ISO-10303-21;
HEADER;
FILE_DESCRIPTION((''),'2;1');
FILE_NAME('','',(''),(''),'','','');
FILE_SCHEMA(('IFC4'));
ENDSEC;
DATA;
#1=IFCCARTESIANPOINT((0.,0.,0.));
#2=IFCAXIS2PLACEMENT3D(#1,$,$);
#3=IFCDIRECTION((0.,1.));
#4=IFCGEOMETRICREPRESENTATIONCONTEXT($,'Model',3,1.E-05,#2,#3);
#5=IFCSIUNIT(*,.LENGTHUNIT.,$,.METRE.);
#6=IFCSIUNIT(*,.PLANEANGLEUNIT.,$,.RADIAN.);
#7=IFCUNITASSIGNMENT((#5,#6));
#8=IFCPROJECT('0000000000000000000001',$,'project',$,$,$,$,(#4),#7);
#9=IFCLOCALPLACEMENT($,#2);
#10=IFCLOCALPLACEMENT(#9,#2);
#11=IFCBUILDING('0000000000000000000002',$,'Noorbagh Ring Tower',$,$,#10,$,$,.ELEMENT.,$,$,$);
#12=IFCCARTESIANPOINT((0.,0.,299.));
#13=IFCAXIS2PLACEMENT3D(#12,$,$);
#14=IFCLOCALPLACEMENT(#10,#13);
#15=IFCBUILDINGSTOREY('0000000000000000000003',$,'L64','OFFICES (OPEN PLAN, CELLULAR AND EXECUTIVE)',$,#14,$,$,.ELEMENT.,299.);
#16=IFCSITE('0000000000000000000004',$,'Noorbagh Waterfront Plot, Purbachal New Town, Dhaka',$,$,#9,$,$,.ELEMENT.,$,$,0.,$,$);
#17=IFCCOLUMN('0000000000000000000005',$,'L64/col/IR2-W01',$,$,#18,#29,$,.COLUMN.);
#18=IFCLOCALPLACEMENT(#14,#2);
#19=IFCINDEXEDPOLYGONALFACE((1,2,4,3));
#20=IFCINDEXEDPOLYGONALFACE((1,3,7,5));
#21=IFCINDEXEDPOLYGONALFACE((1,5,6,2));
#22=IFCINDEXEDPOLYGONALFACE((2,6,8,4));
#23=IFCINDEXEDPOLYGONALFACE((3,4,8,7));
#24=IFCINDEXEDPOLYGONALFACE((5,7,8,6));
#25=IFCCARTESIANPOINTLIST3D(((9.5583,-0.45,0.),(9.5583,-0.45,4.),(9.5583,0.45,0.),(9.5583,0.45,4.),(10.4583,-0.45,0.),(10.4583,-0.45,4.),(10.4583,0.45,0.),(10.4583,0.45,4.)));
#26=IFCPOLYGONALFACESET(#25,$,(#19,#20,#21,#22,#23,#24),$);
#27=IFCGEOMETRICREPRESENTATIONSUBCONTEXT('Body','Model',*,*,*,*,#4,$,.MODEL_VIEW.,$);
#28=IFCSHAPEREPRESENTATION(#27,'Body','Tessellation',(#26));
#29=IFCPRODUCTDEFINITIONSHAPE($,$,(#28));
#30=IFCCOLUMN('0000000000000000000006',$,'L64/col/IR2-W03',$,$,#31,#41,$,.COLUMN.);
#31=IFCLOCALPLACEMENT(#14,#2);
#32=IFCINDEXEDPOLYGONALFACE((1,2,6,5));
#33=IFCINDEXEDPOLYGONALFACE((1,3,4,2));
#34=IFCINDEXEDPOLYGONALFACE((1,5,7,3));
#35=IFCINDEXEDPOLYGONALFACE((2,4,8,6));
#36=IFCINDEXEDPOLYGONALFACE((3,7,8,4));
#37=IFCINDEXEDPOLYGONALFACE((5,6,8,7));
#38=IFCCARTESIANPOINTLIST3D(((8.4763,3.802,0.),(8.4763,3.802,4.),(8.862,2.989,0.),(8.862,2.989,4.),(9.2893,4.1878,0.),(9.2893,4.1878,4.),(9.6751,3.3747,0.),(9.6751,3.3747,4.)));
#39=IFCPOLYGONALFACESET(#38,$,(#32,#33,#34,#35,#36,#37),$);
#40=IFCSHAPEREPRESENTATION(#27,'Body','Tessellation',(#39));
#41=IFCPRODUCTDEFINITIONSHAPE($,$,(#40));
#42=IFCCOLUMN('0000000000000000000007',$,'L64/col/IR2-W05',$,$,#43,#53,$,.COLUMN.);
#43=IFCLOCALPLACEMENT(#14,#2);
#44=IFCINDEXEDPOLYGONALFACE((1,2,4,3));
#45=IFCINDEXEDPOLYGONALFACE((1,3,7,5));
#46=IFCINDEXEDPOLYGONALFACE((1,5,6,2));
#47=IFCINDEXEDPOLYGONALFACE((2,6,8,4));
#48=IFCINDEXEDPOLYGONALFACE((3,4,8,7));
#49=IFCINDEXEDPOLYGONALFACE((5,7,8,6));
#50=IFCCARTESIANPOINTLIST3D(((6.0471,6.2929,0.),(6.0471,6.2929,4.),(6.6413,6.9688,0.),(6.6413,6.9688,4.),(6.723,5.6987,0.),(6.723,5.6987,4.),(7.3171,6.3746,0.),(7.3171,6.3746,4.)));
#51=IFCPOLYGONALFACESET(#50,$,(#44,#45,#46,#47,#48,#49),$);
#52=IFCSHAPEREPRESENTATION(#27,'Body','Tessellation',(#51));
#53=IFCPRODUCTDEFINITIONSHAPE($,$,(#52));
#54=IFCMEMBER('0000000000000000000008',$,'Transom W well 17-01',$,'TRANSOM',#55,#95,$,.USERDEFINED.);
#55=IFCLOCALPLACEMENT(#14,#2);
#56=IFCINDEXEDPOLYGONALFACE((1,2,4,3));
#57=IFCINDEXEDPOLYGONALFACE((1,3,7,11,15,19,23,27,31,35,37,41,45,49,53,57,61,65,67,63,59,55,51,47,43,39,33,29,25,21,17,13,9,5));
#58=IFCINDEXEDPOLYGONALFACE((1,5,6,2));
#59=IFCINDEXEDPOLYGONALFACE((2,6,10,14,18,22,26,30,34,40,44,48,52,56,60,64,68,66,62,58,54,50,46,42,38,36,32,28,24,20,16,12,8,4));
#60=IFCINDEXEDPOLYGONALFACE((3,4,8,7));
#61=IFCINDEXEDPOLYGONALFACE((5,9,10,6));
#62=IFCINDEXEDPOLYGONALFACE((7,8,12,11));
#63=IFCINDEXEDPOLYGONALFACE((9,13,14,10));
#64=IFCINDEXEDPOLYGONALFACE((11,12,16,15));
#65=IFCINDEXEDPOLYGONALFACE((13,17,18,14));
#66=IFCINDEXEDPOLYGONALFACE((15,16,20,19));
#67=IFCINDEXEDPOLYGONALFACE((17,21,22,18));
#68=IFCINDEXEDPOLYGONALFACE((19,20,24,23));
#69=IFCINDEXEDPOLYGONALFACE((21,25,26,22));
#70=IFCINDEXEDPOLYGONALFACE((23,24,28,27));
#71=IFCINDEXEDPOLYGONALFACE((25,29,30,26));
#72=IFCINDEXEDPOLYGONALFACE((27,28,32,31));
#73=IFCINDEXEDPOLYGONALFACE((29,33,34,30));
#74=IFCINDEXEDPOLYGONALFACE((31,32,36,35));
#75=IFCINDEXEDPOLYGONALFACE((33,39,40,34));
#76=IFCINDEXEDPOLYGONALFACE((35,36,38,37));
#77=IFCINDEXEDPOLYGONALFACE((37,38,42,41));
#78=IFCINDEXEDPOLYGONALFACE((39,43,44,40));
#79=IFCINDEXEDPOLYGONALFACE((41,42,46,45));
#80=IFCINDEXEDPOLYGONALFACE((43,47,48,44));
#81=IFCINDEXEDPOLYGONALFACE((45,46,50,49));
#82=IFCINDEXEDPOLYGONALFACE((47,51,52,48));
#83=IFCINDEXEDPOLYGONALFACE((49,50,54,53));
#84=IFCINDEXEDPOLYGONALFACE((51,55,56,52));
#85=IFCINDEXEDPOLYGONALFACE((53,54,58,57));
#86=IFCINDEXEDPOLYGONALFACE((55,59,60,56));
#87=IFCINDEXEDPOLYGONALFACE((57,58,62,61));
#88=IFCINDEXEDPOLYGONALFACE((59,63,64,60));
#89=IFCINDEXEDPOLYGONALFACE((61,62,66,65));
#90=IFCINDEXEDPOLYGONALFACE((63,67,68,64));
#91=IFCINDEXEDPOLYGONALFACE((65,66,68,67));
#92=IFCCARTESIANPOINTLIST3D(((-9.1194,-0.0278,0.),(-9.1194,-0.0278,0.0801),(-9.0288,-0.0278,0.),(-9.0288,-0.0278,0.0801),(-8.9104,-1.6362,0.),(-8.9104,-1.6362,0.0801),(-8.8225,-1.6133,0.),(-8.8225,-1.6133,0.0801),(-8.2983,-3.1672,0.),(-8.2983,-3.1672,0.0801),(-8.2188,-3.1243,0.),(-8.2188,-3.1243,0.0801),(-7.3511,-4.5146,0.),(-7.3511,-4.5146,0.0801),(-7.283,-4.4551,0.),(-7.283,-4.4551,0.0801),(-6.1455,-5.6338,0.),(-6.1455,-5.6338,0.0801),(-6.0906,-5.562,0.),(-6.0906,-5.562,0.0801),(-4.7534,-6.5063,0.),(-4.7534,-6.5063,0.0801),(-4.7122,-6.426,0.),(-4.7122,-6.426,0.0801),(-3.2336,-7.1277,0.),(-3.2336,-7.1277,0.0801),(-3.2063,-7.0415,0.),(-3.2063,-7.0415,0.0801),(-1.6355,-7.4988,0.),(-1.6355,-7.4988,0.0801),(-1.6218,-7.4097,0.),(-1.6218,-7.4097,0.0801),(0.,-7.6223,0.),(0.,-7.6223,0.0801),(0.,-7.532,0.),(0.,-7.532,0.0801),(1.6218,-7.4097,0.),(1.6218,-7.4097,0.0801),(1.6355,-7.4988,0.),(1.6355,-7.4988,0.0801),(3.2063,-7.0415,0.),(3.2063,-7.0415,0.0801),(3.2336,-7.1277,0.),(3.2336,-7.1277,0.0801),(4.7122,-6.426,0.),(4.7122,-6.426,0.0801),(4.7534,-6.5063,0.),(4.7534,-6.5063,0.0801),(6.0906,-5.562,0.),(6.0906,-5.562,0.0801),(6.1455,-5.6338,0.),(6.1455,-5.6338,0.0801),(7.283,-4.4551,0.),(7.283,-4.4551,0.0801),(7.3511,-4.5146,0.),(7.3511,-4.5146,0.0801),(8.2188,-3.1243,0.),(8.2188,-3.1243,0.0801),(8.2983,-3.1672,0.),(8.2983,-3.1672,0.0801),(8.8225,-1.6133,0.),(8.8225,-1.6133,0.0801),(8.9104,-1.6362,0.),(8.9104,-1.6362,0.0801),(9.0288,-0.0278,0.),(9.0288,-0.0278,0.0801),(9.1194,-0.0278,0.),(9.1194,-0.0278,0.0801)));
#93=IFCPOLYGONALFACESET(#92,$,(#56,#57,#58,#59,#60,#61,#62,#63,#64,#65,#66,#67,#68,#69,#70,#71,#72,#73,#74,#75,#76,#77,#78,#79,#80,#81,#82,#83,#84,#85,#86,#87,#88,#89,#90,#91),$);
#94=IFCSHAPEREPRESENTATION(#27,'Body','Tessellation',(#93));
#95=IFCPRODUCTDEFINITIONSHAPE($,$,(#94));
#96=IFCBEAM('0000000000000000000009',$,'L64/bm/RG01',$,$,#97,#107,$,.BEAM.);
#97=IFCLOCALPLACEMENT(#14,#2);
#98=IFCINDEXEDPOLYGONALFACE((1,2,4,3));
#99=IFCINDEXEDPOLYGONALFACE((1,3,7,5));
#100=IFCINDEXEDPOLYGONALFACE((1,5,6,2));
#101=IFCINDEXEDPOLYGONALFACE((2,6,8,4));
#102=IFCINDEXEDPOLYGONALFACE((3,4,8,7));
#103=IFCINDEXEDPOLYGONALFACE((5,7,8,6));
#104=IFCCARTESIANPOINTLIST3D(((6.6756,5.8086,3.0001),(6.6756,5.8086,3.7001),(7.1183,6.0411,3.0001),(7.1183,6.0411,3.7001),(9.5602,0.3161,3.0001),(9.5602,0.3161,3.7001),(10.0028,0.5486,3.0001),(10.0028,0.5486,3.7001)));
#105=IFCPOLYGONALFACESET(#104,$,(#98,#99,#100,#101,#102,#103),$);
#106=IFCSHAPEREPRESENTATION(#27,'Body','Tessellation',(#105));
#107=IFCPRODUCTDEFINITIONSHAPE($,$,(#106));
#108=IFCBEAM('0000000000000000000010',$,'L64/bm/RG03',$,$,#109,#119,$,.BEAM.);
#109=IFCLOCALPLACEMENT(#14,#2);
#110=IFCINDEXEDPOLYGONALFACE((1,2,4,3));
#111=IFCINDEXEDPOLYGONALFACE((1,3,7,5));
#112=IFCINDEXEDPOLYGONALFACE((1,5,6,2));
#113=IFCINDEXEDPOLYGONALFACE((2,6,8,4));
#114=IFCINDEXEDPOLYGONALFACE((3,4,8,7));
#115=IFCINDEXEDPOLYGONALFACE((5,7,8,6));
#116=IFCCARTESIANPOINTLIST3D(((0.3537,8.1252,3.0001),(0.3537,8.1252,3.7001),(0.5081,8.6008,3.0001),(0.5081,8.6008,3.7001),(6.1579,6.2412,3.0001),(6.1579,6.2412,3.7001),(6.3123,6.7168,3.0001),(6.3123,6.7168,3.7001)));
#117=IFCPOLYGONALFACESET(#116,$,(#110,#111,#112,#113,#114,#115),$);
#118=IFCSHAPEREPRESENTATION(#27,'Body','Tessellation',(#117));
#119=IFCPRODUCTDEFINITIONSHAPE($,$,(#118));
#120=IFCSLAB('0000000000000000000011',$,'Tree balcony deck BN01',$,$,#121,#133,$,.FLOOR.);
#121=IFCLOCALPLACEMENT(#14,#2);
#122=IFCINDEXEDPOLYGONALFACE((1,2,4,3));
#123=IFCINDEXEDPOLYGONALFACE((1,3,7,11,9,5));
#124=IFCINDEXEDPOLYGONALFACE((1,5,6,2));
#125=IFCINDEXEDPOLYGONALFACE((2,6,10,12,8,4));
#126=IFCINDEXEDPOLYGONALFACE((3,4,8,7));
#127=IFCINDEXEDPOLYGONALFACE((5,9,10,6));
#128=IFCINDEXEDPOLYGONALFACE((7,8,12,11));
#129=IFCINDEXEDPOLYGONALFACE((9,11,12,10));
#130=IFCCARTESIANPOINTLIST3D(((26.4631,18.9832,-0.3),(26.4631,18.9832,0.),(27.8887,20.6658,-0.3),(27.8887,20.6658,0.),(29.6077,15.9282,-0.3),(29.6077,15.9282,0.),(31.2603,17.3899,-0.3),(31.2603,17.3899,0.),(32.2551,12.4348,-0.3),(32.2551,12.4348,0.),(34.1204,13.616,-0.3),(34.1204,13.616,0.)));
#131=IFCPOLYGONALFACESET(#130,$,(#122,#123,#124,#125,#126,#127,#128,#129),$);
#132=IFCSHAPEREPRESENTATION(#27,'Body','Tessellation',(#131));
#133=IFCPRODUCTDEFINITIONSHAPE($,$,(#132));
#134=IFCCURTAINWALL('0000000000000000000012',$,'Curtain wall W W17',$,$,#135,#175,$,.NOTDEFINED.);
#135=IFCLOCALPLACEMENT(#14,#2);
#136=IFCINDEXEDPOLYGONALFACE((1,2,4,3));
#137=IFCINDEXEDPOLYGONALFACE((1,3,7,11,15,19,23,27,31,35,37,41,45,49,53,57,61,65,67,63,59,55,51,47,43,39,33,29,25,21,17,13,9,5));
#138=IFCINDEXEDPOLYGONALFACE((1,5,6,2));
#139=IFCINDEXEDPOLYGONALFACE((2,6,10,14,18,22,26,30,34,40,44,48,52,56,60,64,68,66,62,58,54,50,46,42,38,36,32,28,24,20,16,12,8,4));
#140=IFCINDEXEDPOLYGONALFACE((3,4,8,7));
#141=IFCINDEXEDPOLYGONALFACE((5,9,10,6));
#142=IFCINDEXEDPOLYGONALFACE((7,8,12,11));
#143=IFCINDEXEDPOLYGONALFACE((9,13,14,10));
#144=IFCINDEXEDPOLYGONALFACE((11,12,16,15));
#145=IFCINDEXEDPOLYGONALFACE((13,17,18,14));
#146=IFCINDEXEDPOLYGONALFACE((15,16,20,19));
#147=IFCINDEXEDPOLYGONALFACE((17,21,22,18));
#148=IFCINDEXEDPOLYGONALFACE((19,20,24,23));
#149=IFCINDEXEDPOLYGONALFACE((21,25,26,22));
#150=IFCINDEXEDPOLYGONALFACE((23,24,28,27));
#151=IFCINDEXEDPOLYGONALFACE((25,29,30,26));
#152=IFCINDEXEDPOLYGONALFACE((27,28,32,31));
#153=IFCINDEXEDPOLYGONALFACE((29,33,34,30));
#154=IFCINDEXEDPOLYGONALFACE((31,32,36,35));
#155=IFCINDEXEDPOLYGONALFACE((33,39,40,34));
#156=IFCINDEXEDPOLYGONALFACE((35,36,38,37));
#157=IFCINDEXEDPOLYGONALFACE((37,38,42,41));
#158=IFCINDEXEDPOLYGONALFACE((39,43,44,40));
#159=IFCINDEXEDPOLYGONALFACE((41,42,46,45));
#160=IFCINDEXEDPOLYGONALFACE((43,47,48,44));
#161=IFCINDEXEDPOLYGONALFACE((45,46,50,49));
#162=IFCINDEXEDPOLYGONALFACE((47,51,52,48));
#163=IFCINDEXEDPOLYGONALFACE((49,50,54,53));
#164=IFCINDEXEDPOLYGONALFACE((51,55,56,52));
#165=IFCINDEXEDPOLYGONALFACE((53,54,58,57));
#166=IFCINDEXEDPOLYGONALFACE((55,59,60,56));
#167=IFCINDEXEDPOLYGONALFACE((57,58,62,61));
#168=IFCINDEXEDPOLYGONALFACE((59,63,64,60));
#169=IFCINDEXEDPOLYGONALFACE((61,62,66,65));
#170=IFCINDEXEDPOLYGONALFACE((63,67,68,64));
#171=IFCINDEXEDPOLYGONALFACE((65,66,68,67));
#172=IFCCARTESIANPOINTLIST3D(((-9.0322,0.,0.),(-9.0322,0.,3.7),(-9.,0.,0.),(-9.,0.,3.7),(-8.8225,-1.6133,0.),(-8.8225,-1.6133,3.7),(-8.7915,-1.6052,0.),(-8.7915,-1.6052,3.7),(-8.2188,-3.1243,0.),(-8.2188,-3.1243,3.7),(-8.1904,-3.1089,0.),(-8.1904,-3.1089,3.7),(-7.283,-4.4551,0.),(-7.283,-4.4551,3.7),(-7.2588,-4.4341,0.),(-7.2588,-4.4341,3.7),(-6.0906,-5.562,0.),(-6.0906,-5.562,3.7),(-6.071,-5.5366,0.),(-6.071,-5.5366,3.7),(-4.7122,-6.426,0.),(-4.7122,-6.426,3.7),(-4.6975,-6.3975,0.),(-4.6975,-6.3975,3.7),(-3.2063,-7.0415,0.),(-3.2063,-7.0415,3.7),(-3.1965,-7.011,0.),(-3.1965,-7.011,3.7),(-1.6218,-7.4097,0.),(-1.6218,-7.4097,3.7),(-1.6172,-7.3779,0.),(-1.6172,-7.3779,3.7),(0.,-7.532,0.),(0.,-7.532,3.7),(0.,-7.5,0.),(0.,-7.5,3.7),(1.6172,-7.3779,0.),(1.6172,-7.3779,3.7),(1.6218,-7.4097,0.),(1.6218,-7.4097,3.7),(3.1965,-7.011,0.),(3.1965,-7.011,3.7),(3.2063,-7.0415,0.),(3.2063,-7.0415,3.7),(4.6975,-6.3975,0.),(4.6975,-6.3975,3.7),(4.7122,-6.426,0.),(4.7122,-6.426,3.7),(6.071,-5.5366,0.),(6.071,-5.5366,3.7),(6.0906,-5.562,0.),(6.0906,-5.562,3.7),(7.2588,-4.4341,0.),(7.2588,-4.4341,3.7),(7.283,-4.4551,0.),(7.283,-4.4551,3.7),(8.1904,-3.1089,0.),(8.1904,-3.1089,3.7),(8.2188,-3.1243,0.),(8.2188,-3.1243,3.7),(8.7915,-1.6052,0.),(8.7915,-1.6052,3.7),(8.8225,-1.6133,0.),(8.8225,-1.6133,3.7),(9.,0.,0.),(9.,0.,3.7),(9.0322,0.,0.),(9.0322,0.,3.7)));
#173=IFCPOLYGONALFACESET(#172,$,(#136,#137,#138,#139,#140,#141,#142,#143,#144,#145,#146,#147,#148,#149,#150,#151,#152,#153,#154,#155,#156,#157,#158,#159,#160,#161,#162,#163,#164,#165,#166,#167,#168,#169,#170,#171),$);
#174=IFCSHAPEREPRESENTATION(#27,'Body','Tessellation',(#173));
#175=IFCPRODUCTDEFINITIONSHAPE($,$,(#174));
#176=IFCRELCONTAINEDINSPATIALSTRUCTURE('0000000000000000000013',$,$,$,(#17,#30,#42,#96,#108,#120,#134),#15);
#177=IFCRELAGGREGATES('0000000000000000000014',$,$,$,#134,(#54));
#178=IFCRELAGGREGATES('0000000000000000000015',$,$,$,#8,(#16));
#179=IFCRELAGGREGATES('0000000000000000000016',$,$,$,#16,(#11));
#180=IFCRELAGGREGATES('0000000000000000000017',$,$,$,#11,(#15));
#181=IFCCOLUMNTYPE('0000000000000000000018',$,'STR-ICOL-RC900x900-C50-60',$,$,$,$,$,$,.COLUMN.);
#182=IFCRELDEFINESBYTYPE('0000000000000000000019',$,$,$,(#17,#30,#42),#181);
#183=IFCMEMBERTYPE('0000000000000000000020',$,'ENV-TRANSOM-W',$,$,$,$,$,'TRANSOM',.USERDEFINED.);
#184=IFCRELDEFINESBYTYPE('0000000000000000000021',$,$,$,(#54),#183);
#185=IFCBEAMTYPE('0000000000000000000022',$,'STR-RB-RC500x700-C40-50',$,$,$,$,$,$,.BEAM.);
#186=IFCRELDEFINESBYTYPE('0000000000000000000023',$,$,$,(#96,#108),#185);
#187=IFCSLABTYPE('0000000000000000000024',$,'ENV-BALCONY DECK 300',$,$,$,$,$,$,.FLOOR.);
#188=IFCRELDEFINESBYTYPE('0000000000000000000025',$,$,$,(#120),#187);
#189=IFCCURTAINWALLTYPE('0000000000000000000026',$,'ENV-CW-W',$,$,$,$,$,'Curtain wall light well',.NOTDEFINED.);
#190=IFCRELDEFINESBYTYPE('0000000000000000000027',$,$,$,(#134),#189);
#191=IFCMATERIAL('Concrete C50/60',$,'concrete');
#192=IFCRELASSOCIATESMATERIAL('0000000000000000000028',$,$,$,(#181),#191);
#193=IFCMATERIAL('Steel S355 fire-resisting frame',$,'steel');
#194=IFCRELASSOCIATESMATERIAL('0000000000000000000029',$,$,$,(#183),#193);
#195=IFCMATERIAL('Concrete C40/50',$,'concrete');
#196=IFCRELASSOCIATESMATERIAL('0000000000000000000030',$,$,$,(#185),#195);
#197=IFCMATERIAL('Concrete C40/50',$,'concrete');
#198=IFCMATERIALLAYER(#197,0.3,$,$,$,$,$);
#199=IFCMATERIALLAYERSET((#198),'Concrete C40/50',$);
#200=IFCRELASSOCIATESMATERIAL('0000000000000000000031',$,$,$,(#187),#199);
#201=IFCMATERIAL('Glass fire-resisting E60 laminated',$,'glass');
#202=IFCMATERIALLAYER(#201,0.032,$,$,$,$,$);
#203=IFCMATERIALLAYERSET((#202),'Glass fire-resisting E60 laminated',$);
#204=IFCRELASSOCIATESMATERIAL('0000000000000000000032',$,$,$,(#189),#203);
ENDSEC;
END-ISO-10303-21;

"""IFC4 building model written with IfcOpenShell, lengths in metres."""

from ifc_helpers import new_model, si_unit, direction, frame, origin, origin_2d, place, context, subcontext, project, spatial, polyline, rectangle, outline, extrude, material, layer, layer_set, material_profile, profile_set, type_object, element, aggregate, save


model = new_model("IFC4")

# Units and contexts
model_context = context("Model", 3, precision=1e-05, world=origin(), true_north=direction((0.0, 1.0)))
body_context = subcontext(model_context, "Body", "Model", "MODEL_VIEW")
ifc_project = project(units=[si_unit("LENGTHUNIT", "METRE"), si_unit("PLANEANGLEUNIT", "RADIAN")], contexts=[model_context])

# Site, building, storey
site_placement = place(None, origin())
site = spatial("IfcSite", under=ifc_project, at=site_placement, Name="Noorbagh Waterfront Plot, Purbachal New Town, Dhaka", CompositionType="ELEMENT", RefElevation=0.0)
building_placement = place(site_placement, origin())
building = spatial("IfcBuilding", under=site, at=building_placement, Name="Noorbagh Ring Tower", CompositionType="ELEMENT")
storey_placement = place(building_placement, frame((0.0, 0.0, 299.0)))
storey = spatial("IfcBuildingStorey", under=building, at=storey_placement, Name="L64", Description="OFFICES (OPEN PLAN, CELLULAR AND EXECUTIVE)", CompositionType="ELEMENT", Elevation=299.0)

# Columns
ifc_material_1 = material(Name="Concrete C50/60", Category="concrete")
ifc_material_profile_1 = material_profile(ifc_material_1, rectangle(XDim=0.8999, YDim=0.8999, at=origin_2d()), Name="RC900x900")
ifc_profile_set_1 = profile_set([ifc_material_profile_1], Name="Concrete C50/60")
column_type = type_object("IfcColumnType", Name="STR-ICOL-RC900x900-C50-60", PredefinedType="COLUMN", material=ifc_profile_set_1)
for number, where, z_axis, x_axis, name in (
    (1, (10.0083, 0.0, 0.0), (0.0, 0.0, 1.0), (0.0, 1.0, 0.0), "L64/col/IR2-W01"),
    (2, (9.0757, 3.5884, 0.0), (0.0, 0.0, 1.0), (-0.428667, 0.903463, 0.0), "L64/col/IR2-W03"),
    (3, (6.6821, 6.3337, 0.0), (0.0, 0.0, 1.0), (-0.751022, 0.660277, 0.0), "L64/col/IR2-W05"),
):
    element("IfcColumn", number, at=place(storey_placement, frame(where, z_axis=z_axis, x_axis=x_axis)), inside=storey, type_object=column_type, Name=name, PredefinedType="COLUMN", context=body_context, shape_type="SweptSolid", body=[
        extrude(rectangle(XDim=0.8999, YDim=0.8999, at=origin_2d()), origin(), (0.0, 0.0, 1.0), 4.0),
    ])

# Member
ifc_material_2 = material(Name="Steel S355 fire-resisting frame", Category="steel")
member_type = type_object("IfcMemberType", Name="ENV-TRANSOM-W", ElementType="TRANSOM", PredefinedType="USERDEFINED", material=ifc_material_2)
member_placement = place(storey_placement, origin())
member = element("IfcMember", 4, at=member_placement, type_object=member_type, Name="Transom W well 17-01", ObjectType="TRANSOM", PredefinedType="USERDEFINED", context=body_context, shape_type="SweptSolid", body=[
    extrude(outline(polyline([(-9.1194, -0.0278), (-8.9104, -1.6362), (-8.2983, -3.1672), (-7.3511, -4.5146), (-6.1455, -5.6338), (-4.7534, -6.5063), (-3.2336, -7.1277), (-1.6355, -7.4988), (0.0, -7.6223), (1.6355, -7.4988), (3.2336, -7.1277), (4.7534, -6.5063), (6.1455, -5.6338), (7.3511, -4.5146), (8.2983, -3.1672), (8.9104, -1.6362), (9.1194, -0.0278), (9.0288, -0.0278), (8.8225, -1.6133), (8.2188, -3.1243), (7.283, -4.4551), (6.0906, -5.562), (4.7122, -6.426), (3.2063, -7.0415), (1.6218, -7.4097), (0.0, -7.532), (-1.6218, -7.4097), (-3.2063, -7.0415), (-4.7122, -6.426), (-6.0906, -5.562), (-7.283, -4.4551), (-8.2188, -3.1243), (-8.8225, -1.6133), (-9.0288, -0.0278), (-9.1194, -0.0278)])), origin(), (0.0, 0.0, 1.0), 0.0801),
])

# Beams
ifc_material_3 = material(Name="Concrete C40/50", Category="concrete")
ifc_material_profile_2 = material_profile(ifc_material_3, rectangle(XDim=0.5, YDim=0.7, at=origin_2d()), Name="RC500x700")
ifc_profile_set_2 = profile_set([ifc_material_profile_2], Name="Concrete C40/50")
beam_type = type_object("IfcBeamType", Name="STR-RB-RC500x700-C40-50", PredefinedType="BEAM", material=ifc_profile_set_2)
beam_1_placement = place(storey_placement, frame((9.7815, 0.4324, 3.3501), z_axis=(-0.46496, 0.885332, 0.0), x_axis=(-0.885332, -0.46496, 0.0)))
element("IfcBeam", 5, at=beam_1_placement, inside=storey, type_object=beam_type, Name="L64/bm/RG01", PredefinedType="BEAM", context=body_context, shape_type="SweptSolid", body=[
    extrude(rectangle(XDim=0.5, YDim=0.7, at=origin_2d()), origin(), (0.0, 0.0, 1.0), 6.2039),
])
beam_2_placement = place(storey_placement, frame((6.2351, 6.479, 3.3501), z_axis=(-0.951146, 0.30874, 0.0), x_axis=(-0.30874, -0.951146, 0.0)))
element("IfcBeam", 6, at=beam_2_placement, inside=storey, type_object=beam_type, Name="L64/bm/RG03", PredefinedType="BEAM", context=body_context, shape_type="SweptSolid", body=[
    extrude(rectangle(XDim=0.5, YDim=0.7, at=origin_2d()), origin(), (0.0, 0.0, 1.0), 6.1023),
])

# Slab
ifc_material_4 = material(Name="Concrete C40/50", Category="concrete")
ifc_layer_1 = layer(ifc_material_4, 0.3)
ifc_layer_set_1 = layer_set([ifc_layer_1], Name="Concrete C40/50")
slab_type = type_object("IfcSlabType", Name="ENV-BALCONY DECK 300", PredefinedType="FLOOR", material=ifc_layer_set_1)
slab_1_placement = place(storey_placement, frame((0.0, 0.0, -0.3)))
element("IfcSlab", 7, at=slab_1_placement, inside=storey, type_object=slab_type, Name="Tree balcony deck BN01", PredefinedType="FLOOR", context=body_context, shape_type="SweptSolid", body=[
    extrude(outline(polyline([(34.1204, 13.616), (31.2603, 17.3899), (27.8887, 20.6658), (26.4631, 18.9832), (29.6077, 15.9282), (32.2551, 12.4348), (34.1204, 13.616)])), origin(), (0.0, 0.0, 1.0), 0.3),
])

# Curtain wall
ifc_material_5 = material(Name="Glass fire-resisting E60 laminated", Category="glass")
ifc_layer_2 = layer(ifc_material_5, 0.032)
ifc_layer_set_2 = layer_set([ifc_layer_2], Name="Glass fire-resisting E60 laminated")
curtain_wall_type = type_object("IfcCurtainWallType", Name="ENV-CW-W", ElementType="Curtain wall light well", PredefinedType="NOTDEFINED", material=ifc_layer_set_2)
curtain_wall_placement = place(storey_placement, origin())
curtain_wall = element("IfcCurtainWall", 8, at=curtain_wall_placement, inside=storey, type_object=curtain_wall_type, Name="Curtain wall W W17", PredefinedType="NOTDEFINED", context=body_context, shape_type="SweptSolid", body=[
    extrude(outline(polyline([(-9.0322, 0.0), (-8.8225, -1.6133), (-8.2188, -3.1243), (-7.283, -4.4551), (-6.0906, -5.562), (-4.7122, -6.426), (-3.2063, -7.0415), (-1.6218, -7.4097), (0.0, -7.532), (1.6218, -7.4097), (3.2063, -7.0415), (4.7122, -6.426), (6.0906, -5.562), (7.283, -4.4551), (8.2188, -3.1243), (8.8225, -1.6133), (9.0322, 0.0), (9.0, 0.0), (8.7915, -1.6052), (8.1904, -3.1089), (7.2588, -4.4341), (6.071, -5.5366), (4.6975, -6.3975), (3.1965, -7.011), (1.6172, -7.3779), (0.0, -7.5), (-1.6172, -7.3779), (-3.1965, -7.011), (-4.6975, -6.3975), (-6.071, -5.5366), (-7.2588, -4.4341), (-8.1904, -3.1089), (-8.7915, -1.6052), (-9.0, 0.0), (-9.0322, 0.0)])), origin(), (0.0, 0.0, 1.0), 3.7),
])
aggregate(curtain_wall, [member])

save(model, "model.ifc")
